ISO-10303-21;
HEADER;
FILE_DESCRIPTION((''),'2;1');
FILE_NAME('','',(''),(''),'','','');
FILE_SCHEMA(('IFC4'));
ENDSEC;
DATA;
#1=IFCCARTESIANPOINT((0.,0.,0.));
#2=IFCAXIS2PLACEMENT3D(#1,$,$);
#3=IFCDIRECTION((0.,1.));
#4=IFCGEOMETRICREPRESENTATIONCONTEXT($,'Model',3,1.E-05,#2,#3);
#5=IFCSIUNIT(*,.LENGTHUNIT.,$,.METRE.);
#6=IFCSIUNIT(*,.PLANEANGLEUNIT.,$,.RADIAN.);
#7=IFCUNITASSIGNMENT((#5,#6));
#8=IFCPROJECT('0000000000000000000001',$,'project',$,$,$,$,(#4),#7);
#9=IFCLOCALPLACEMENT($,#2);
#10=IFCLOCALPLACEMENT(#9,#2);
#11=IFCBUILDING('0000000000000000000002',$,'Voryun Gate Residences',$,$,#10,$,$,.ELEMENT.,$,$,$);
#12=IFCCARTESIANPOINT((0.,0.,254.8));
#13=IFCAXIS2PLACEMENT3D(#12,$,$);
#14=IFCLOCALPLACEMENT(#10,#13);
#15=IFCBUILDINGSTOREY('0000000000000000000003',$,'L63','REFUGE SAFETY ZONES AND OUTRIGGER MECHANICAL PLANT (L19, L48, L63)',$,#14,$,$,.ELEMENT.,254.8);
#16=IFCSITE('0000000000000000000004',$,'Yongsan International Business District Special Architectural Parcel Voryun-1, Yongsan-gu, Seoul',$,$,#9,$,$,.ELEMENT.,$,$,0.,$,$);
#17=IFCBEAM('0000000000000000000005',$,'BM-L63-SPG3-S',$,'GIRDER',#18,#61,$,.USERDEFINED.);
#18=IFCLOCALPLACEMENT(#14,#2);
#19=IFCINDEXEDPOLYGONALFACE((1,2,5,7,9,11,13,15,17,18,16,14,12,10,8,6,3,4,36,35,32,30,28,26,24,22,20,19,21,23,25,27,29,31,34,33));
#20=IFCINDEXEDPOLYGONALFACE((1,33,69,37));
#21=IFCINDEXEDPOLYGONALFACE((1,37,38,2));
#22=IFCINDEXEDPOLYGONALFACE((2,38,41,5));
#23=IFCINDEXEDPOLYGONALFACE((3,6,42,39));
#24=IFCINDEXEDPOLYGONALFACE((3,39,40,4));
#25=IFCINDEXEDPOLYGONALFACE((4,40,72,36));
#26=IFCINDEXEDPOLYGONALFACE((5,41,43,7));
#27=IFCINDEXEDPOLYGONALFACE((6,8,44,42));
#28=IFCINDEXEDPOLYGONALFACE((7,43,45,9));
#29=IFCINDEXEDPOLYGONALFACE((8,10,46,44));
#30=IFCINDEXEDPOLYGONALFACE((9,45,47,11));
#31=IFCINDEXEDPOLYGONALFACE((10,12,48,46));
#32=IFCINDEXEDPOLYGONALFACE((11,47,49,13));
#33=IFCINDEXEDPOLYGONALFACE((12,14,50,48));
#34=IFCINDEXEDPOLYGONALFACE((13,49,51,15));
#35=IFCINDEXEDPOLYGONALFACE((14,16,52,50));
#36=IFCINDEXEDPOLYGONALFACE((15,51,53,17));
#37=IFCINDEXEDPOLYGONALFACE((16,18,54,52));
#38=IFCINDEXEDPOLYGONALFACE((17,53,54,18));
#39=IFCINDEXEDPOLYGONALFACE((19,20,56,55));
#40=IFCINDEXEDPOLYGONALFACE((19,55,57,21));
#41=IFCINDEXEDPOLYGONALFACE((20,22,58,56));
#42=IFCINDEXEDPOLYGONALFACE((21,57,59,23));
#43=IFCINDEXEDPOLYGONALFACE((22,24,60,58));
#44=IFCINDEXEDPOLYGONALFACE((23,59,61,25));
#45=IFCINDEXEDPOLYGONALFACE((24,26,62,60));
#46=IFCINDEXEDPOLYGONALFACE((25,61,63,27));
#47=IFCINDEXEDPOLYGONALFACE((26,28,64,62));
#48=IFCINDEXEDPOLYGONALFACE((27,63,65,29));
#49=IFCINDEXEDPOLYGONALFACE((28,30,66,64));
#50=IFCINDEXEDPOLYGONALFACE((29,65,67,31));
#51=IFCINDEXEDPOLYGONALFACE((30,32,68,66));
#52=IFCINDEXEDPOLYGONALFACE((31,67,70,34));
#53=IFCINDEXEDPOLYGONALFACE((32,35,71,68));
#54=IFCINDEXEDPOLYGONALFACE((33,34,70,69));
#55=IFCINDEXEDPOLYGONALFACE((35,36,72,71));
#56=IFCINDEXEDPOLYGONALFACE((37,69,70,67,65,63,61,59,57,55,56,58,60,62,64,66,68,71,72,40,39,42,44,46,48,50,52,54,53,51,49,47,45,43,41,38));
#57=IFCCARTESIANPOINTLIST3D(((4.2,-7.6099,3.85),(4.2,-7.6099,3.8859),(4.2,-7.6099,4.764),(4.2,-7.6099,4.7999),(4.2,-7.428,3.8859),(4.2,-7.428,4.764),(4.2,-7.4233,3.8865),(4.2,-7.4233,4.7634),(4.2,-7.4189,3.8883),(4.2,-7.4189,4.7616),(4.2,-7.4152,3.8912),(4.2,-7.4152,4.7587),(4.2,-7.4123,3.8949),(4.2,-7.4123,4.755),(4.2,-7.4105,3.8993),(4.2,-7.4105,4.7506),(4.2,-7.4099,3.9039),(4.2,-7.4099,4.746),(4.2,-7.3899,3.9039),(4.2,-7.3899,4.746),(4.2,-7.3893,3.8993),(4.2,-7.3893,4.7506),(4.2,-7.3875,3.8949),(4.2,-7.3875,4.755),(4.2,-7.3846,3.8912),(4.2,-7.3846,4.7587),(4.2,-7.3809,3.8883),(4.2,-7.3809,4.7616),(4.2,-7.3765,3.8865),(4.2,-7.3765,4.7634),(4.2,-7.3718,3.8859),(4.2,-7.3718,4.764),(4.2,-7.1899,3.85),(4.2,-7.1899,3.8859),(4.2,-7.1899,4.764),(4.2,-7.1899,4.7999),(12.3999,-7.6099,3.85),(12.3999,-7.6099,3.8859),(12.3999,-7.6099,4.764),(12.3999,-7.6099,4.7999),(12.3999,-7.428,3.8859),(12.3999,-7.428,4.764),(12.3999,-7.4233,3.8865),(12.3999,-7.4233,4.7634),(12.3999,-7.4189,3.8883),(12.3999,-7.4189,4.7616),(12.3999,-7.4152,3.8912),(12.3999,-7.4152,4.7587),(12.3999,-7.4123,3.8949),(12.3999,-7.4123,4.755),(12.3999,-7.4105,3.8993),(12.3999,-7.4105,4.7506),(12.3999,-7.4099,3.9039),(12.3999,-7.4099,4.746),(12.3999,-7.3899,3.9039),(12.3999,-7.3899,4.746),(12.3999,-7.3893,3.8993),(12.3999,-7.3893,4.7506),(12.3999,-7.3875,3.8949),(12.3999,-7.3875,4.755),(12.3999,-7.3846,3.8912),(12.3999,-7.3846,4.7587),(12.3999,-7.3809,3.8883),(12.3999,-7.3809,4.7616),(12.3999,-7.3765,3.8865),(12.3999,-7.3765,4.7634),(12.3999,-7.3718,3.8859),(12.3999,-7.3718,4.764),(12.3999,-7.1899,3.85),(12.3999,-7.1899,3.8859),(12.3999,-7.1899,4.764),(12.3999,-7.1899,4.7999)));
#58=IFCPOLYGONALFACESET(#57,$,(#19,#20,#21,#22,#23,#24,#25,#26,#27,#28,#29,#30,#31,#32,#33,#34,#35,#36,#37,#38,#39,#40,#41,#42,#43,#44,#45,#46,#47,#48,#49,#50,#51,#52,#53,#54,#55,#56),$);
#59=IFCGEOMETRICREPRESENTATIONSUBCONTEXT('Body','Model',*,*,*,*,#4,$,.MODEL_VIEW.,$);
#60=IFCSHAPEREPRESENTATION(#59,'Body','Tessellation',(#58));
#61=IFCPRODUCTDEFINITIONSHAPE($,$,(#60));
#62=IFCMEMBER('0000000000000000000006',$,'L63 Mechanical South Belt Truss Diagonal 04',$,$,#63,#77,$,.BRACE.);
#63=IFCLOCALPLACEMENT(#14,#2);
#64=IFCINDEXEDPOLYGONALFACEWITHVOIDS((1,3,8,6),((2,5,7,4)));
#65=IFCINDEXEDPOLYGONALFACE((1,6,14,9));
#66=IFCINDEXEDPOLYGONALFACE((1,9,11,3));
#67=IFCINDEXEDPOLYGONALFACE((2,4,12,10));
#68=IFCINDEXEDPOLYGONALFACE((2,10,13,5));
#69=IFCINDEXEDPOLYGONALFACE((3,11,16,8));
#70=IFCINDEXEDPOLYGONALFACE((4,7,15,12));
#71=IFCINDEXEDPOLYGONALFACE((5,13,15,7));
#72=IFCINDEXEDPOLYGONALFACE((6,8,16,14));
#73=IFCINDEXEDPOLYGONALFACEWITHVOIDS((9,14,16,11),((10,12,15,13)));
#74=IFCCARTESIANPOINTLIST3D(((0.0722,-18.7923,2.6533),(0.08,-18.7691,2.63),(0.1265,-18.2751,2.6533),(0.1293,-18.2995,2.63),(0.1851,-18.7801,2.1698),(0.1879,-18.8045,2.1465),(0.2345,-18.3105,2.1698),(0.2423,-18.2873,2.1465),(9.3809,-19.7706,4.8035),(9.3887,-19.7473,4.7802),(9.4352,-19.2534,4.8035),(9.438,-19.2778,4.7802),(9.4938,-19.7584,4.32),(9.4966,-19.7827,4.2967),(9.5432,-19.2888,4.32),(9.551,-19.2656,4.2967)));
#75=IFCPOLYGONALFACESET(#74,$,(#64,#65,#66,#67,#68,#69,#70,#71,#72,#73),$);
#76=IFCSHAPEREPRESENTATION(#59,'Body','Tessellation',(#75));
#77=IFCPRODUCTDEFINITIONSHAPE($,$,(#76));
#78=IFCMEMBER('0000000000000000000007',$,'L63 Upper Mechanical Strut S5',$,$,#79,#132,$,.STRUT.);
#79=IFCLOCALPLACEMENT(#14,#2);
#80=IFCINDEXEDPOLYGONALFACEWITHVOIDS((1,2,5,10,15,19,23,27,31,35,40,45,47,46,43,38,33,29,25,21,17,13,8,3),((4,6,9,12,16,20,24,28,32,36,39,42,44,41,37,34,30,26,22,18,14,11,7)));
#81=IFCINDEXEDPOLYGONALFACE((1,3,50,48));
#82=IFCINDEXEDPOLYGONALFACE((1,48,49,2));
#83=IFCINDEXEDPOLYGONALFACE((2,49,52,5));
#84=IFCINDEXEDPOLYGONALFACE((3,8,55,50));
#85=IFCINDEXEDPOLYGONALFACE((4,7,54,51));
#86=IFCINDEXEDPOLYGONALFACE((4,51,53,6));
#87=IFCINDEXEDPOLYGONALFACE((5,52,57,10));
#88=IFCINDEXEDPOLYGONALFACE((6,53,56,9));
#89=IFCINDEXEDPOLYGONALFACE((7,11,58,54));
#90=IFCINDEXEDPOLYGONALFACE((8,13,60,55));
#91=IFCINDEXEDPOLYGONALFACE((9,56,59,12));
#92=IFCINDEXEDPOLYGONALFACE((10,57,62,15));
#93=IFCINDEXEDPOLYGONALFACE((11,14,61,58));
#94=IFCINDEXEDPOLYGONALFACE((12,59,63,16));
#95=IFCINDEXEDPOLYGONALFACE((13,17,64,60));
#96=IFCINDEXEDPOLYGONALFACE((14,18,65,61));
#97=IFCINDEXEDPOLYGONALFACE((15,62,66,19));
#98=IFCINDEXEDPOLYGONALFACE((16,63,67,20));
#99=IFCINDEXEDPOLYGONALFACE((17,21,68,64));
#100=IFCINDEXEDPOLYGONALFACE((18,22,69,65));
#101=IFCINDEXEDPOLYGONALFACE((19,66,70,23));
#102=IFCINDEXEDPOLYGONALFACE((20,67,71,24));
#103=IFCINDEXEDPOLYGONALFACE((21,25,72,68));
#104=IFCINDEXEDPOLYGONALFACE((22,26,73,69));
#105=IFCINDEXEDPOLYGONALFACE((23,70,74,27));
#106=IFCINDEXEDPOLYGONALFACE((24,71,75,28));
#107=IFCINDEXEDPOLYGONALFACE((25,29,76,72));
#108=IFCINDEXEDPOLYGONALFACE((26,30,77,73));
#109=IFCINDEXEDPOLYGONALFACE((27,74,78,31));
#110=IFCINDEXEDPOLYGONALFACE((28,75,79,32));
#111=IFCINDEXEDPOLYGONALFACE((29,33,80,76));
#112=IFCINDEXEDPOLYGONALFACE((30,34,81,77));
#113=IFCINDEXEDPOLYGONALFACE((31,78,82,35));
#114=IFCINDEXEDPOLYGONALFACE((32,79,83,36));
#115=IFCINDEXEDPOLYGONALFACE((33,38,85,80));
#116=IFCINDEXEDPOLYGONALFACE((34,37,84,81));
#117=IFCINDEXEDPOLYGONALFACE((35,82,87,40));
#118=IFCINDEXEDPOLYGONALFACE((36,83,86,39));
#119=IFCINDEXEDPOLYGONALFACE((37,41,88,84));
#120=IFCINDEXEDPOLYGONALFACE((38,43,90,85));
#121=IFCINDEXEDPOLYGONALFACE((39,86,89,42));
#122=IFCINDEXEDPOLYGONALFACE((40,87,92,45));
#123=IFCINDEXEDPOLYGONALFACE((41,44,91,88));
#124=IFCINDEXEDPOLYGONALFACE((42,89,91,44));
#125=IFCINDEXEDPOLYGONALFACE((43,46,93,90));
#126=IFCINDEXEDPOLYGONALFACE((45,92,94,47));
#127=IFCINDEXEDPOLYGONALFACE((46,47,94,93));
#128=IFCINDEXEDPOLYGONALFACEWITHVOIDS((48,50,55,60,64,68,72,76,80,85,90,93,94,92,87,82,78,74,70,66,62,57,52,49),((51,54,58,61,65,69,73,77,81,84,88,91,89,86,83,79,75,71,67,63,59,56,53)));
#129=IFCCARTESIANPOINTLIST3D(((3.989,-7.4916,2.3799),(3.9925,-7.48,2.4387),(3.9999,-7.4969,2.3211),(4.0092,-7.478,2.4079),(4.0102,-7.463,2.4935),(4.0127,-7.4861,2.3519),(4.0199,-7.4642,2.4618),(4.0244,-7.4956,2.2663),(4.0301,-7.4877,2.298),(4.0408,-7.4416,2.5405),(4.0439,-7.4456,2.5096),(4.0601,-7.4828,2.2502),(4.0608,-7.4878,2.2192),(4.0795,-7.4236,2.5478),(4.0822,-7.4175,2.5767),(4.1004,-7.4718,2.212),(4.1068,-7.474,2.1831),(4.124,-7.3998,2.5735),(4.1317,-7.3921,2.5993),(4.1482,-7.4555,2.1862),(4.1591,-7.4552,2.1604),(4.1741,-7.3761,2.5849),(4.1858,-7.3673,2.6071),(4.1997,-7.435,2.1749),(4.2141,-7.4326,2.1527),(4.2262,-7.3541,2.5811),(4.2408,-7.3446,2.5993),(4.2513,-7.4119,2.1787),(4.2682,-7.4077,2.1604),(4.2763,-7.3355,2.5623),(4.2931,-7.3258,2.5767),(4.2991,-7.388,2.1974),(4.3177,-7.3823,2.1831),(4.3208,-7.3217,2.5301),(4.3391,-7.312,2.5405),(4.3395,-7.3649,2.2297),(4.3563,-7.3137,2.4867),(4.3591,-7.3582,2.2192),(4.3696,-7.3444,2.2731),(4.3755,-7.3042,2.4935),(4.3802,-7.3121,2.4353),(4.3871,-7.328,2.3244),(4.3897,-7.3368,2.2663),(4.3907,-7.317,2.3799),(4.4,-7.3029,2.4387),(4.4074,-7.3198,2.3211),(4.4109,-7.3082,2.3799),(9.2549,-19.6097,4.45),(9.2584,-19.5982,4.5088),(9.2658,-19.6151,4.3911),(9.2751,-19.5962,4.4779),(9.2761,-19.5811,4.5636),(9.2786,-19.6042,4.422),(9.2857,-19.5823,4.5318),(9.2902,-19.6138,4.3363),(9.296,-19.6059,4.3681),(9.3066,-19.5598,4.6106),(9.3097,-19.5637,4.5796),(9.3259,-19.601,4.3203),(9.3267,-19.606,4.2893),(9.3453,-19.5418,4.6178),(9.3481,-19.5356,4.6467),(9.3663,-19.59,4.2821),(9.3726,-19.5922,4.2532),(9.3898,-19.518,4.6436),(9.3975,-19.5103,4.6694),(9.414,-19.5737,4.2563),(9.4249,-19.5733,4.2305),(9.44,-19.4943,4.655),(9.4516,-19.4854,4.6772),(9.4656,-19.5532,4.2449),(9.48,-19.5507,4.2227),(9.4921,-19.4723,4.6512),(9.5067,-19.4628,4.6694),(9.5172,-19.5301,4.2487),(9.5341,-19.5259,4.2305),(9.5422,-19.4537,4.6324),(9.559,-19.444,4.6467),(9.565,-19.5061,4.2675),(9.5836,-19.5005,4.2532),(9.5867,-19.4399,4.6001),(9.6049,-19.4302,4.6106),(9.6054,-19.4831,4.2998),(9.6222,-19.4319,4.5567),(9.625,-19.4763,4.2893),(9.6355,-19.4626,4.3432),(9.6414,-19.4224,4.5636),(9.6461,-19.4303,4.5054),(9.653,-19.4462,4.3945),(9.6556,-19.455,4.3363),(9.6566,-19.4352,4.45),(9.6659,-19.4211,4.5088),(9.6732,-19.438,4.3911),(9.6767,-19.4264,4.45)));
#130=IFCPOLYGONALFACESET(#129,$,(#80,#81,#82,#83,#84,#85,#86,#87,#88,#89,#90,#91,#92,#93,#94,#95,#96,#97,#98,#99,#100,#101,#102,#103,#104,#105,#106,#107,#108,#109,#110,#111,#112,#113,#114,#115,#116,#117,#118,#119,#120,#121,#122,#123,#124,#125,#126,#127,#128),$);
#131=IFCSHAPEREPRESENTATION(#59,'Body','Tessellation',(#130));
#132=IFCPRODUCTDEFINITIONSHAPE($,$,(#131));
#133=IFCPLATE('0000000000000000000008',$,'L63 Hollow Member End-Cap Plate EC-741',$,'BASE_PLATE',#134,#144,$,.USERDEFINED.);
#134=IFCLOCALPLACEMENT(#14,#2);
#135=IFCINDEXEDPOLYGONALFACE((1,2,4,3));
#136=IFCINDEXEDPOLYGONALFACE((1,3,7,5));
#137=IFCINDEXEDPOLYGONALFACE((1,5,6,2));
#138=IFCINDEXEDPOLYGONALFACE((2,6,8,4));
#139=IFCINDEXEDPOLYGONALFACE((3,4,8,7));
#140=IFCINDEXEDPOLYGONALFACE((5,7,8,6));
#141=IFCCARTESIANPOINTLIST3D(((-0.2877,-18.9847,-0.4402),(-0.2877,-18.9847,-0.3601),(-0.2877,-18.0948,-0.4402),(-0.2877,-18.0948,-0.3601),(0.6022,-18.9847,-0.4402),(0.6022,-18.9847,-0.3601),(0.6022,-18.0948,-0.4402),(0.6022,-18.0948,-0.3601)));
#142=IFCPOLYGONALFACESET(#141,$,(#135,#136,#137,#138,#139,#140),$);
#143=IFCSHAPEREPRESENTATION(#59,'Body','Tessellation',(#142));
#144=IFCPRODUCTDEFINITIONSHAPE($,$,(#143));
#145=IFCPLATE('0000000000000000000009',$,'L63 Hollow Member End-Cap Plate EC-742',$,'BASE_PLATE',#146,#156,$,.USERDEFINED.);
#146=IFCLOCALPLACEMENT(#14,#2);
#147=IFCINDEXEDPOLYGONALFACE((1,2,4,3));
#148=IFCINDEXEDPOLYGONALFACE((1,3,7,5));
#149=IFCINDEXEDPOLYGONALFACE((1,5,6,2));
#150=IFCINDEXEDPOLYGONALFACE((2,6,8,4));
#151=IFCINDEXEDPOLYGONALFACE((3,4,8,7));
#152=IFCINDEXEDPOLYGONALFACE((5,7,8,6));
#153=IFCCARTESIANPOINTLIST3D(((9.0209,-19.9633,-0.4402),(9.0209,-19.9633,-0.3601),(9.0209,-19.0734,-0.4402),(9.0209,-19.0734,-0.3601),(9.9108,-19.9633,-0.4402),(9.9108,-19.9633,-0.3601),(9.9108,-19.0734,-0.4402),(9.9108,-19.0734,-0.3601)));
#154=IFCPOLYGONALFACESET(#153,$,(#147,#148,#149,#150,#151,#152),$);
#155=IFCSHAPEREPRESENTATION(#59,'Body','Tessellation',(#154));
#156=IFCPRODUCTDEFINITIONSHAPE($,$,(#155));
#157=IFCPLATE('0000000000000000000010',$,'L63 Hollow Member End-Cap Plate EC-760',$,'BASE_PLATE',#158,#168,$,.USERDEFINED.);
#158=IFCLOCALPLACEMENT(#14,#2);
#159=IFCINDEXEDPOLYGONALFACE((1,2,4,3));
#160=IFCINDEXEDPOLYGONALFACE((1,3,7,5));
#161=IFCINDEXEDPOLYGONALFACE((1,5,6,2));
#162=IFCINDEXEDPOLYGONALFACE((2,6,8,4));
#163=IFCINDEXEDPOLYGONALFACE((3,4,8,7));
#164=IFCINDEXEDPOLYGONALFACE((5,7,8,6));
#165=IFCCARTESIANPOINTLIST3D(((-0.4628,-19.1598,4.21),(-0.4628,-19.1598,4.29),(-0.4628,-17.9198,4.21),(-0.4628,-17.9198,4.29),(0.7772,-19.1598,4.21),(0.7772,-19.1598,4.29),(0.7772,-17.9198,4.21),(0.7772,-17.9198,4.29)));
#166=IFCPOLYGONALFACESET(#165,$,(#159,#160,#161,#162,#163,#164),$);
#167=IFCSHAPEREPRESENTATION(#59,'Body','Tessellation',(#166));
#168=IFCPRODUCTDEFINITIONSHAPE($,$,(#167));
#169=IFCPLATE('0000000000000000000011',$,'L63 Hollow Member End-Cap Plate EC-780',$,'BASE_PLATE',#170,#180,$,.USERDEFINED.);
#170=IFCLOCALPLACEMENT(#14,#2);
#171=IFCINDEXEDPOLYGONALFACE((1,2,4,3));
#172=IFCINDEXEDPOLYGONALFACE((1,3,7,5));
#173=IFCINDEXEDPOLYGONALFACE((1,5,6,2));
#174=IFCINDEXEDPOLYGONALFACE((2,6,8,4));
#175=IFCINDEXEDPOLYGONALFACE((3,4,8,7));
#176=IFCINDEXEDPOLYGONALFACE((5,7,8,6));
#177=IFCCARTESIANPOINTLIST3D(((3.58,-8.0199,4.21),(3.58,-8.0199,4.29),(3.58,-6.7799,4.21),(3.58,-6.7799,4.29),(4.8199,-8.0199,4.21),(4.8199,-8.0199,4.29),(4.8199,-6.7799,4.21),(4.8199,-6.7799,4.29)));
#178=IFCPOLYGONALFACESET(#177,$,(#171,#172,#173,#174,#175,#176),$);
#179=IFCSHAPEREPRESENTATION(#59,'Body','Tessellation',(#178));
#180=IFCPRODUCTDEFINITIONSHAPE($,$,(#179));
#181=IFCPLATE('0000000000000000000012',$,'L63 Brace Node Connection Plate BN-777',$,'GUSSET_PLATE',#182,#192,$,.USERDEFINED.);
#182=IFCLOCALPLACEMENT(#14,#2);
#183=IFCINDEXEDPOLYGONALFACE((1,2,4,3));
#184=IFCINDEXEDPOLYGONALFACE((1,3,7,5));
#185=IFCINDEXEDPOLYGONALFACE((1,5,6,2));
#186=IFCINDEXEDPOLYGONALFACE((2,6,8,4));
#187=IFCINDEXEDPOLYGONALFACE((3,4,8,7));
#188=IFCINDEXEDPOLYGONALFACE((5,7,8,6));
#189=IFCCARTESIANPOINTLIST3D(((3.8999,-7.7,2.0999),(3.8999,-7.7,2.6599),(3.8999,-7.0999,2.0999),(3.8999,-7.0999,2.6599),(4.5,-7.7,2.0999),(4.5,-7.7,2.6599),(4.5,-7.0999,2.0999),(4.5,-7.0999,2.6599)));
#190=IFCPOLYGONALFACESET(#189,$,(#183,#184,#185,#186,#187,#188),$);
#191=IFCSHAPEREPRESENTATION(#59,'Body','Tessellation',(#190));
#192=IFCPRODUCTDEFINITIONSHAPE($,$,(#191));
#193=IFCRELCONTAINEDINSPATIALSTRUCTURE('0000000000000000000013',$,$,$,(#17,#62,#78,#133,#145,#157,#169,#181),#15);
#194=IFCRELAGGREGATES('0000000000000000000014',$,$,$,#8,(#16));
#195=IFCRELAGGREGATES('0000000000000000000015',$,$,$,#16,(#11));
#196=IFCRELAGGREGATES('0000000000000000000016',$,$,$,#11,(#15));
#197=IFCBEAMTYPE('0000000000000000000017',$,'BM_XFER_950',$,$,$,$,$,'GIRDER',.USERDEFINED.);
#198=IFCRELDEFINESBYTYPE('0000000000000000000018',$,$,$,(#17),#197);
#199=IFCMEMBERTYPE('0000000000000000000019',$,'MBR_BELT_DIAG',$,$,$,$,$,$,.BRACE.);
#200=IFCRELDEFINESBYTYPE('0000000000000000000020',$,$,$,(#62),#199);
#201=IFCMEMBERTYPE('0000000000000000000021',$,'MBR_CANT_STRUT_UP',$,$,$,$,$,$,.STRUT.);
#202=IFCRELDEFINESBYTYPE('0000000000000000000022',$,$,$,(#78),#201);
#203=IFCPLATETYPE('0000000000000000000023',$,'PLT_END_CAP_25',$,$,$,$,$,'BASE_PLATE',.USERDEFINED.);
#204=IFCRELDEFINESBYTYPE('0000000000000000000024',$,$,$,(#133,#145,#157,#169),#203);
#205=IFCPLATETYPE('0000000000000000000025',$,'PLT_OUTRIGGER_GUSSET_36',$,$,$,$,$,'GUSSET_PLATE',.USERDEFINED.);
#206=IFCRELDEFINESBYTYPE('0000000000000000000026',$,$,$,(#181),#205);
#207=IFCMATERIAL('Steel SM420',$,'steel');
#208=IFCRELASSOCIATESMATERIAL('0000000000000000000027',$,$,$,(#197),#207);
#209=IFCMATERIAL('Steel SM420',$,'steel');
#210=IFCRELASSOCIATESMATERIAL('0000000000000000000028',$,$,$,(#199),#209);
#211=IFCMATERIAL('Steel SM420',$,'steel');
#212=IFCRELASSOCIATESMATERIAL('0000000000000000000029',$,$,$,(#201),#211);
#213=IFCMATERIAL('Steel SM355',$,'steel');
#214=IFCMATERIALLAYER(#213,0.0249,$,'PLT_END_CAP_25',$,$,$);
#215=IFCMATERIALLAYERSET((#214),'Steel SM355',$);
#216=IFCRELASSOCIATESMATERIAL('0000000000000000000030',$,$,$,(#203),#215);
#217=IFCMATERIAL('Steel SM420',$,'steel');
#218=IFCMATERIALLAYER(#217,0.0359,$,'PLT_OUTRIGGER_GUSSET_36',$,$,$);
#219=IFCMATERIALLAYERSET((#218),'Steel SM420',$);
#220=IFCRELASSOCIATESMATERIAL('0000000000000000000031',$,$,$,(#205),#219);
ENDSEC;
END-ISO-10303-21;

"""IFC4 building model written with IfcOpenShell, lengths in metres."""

from ifc_helpers import new_model, si_unit, direction, frame, origin, origin_2d, place, context, subcontext, project, spatial, rectangle, hollow_rectangle, hollow_circle, i_section, extrude, material, layer, layer_set, material_profile, profile_set, type_object, element, save


model = new_model("IFC4")

# Units and contexts
model_context = context("Model", 3, precision=1e-05, world=origin(), true_north=direction((0.0, 1.0)))
body_context = subcontext(model_context, "Body", "Model", "MODEL_VIEW")
ifc_project = project(units=[si_unit("LENGTHUNIT", "METRE"), si_unit("PLANEANGLEUNIT", "RADIAN")], contexts=[model_context])

# Site, building, storey
site_placement = place(None, origin())
site = spatial("IfcSite", under=ifc_project, at=site_placement, Name="Yongsan International Business District Special Architectural Parcel Voryun-1, Yongsan-gu, Seoul", CompositionType="ELEMENT", RefElevation=0.0)
building_placement = place(site_placement, origin())
building = spatial("IfcBuilding", under=site, at=building_placement, Name="Voryun Gate Residences", CompositionType="ELEMENT")
storey_placement = place(building_placement, frame((0.0, 0.0, 254.8)))
storey = spatial("IfcBuildingStorey", under=building, at=storey_placement, Name="L63", Description="REFUGE SAFETY ZONES AND OUTRIGGER MECHANICAL PLANT (L19, L48, L63)", CompositionType="ELEMENT", Elevation=254.8)

# Beam
ifc_material_1 = material(Name="Steel SM420", Category="steel")
ifc_material_profile_1 = material_profile(ifc_material_1, i_section(OverallWidth=0.4199, OverallDepth=0.95, WebThickness=0.02, FlangeThickness=0.0359, FilletRadius=0.0181, at=origin_2d()), Name="H-950x420x20x36")
ifc_profile_set_1 = profile_set([ifc_material_profile_1], Name="Steel SM420")
beam_type_1 = type_object("IfcBeamType", Name="BM_XFER_950", ElementType="GIRDER", PredefinedType="USERDEFINED", material=ifc_profile_set_1)
beam_1_placement = place(storey_placement, frame((4.2, -7.3999, 4.325), z_axis=(1.0, 0.0, 0.0), x_axis=(0.0, 1.0, 0.0)))
element("IfcBeam", 1, at=beam_1_placement, inside=storey, type_object=beam_type_1, Name="BM-L63-SPG3-S", ObjectType="GIRDER", PredefinedType="USERDEFINED", context=body_context, shape_type="SweptSolid", body=[
    extrude(i_section(OverallWidth=0.4199, OverallDepth=0.95, WebThickness=0.02, FlangeThickness=0.0359, FilletRadius=0.0181, at=origin_2d()), origin(), (0.0, 0.0, 1.0), 8.2),
])

# Members
ifc_material_2 = material(Name="Steel SM420", Category="steel")
ifc_material_profile_2 = material_profile(ifc_material_2, hollow_rectangle(XDim=0.52, YDim=0.52, WallThickness=0.0239, at=origin_2d()), Name="BOX-520x520x24")
ifc_profile_set_2 = profile_set([ifc_material_profile_2], Name="Steel SM420")
member_type_1 = type_object("IfcMemberType", Name="MBR_BELT_DIAG", PredefinedType="BRACE", material=ifc_profile_set_2)
member_1_placement = place(storey_placement, frame((0.1572, -18.5398, 2.3999), z_axis=(0.969277, -0.101865, 0.223889), x_axis=(0.104518, 0.994523, 0.0)))
element("IfcMember", 2, at=member_1_placement, inside=storey, type_object=member_type_1, Name="L63 Mechanical South Belt Truss Diagonal 04", PredefinedType="BRACE", context=body_context, shape_type="SweptSolid", body=[
    extrude(hollow_rectangle(XDim=0.52, YDim=0.52, WallThickness=0.0239, at=origin_2d()), origin(), (0.0, 0.0, 1.0), 9.6038),
])
ifc_material_3 = material(Name="Steel SM420", Category="steel")
ifc_material_profile_3 = material_profile(ifc_material_3, hollow_circle(Radius=0.23, WallThickness=0.022, at=origin_2d()), Name="CHS-460x22")
ifc_profile_set_3 = profile_set([ifc_material_profile_3], Name="Steel SM420")
member_type_2 = type_object("IfcMemberType", Name="MBR_CANT_STRUT_UP", PredefinedType="STRUT", material=ifc_profile_set_3)
member_2_placement = place(storey_placement, frame((4.2, -7.3999, 2.3799), z_axis=(0.393739, -0.906097, 0.154783), x_axis=(0.91715, 0.398542, 0.0)))
element("IfcMember", 3, at=member_2_placement, inside=storey, type_object=member_type_2, Name="L63 Upper Mechanical Strut S5", PredefinedType="STRUT", context=body_context, shape_type="SweptSolid", body=[
    extrude(hollow_circle(Radius=0.23, WallThickness=0.022, at=origin_2d()), origin(), (0.0, 0.0, 1.0), 13.374),
])

# Plates
ifc_material_4 = material(Name="Steel SM355", Category="steel")
ifc_layer_1 = layer(ifc_material_4, 0.0249, Name="PLT_END_CAP_25")
ifc_layer_set_1 = layer_set([ifc_layer_1], Name="Steel SM355")
plate_type_1 = type_object("IfcPlateType", Name="PLT_END_CAP_25", ElementType="BASE_PLATE", PredefinedType="USERDEFINED", material=ifc_layer_set_1)
for number, where, z_axis, x_axis, name in (
    (4, (0.1572, -18.5398, -0.4402), (0.0, 0.0, 1.0), (1.0, 0.0, 0.0), "L63 Hollow Member End-Cap Plate EC-741"),
    (5, (9.4658, -19.5183, -0.4402), (0.0, 0.0, 1.0), (1.0, 0.0, 0.0), "L63 Hollow Member End-Cap Plate EC-742"),
):
    element("IfcPlate", number, at=place(storey_placement, frame(where, z_axis=z_axis, x_axis=x_axis)), inside=storey, type_object=plate_type_1, Name=name, ObjectType="BASE_PLATE", PredefinedType="USERDEFINED", context=body_context, shape_type="SweptSolid", body=[
        extrude(rectangle(XDim=0.8899, YDim=0.8899, at=origin_2d()), origin(), (0.0, 0.0, 1.0), 0.0801),
    ])
for number, where, z_axis, x_axis, name in (
    (6, (0.1572, -18.5398, 4.21), (0.0, 0.0, 1.0), (1.0, 0.0, 0.0), "L63 Hollow Member End-Cap Plate EC-760"),
    (7, (4.2, -7.3999, 4.21), (0.0, 0.0, 1.0), (1.0, 0.0, 0.0), "L63 Hollow Member End-Cap Plate EC-780"),
):
    element("IfcPlate", number, at=place(storey_placement, frame(where, z_axis=z_axis, x_axis=x_axis)), inside=storey, type_object=plate_type_1, Name=name, ObjectType="BASE_PLATE", PredefinedType="USERDEFINED", context=body_context, shape_type="SweptSolid", body=[
        extrude(rectangle(XDim=1.24, YDim=1.24, at=origin_2d()), origin(), (0.0, 0.0, 1.0), 0.0801),
    ])
ifc_material_5 = material(Name="Steel SM420", Category="steel")
ifc_layer_2 = layer(ifc_material_5, 0.0359, Name="PLT_OUTRIGGER_GUSSET_36")
ifc_layer_set_2 = layer_set([ifc_layer_2], Name="Steel SM420")
plate_type_2 = type_object("IfcPlateType", Name="PLT_OUTRIGGER_GUSSET_36", ElementType="GUSSET_PLATE", PredefinedType="USERDEFINED", material=ifc_layer_set_2)
plate_1_placement = place(storey_placement, frame((4.2, -7.3999, 2.0999), z_axis=(0.0, 0.0, 1.0), x_axis=(1.0, 0.0, 0.0)))
element("IfcPlate", 8, at=plate_1_placement, inside=storey, type_object=plate_type_2, Name="L63 Brace Node Connection Plate BN-777", ObjectType="GUSSET_PLATE", PredefinedType="USERDEFINED", context=body_context, shape_type="SweptSolid", body=[
    extrude(rectangle(XDim=0.6001, YDim=0.6001, at=origin_2d()), origin(), (0.0, 0.0, 1.0), 0.5601),
])

save(model, "model.ifc")
